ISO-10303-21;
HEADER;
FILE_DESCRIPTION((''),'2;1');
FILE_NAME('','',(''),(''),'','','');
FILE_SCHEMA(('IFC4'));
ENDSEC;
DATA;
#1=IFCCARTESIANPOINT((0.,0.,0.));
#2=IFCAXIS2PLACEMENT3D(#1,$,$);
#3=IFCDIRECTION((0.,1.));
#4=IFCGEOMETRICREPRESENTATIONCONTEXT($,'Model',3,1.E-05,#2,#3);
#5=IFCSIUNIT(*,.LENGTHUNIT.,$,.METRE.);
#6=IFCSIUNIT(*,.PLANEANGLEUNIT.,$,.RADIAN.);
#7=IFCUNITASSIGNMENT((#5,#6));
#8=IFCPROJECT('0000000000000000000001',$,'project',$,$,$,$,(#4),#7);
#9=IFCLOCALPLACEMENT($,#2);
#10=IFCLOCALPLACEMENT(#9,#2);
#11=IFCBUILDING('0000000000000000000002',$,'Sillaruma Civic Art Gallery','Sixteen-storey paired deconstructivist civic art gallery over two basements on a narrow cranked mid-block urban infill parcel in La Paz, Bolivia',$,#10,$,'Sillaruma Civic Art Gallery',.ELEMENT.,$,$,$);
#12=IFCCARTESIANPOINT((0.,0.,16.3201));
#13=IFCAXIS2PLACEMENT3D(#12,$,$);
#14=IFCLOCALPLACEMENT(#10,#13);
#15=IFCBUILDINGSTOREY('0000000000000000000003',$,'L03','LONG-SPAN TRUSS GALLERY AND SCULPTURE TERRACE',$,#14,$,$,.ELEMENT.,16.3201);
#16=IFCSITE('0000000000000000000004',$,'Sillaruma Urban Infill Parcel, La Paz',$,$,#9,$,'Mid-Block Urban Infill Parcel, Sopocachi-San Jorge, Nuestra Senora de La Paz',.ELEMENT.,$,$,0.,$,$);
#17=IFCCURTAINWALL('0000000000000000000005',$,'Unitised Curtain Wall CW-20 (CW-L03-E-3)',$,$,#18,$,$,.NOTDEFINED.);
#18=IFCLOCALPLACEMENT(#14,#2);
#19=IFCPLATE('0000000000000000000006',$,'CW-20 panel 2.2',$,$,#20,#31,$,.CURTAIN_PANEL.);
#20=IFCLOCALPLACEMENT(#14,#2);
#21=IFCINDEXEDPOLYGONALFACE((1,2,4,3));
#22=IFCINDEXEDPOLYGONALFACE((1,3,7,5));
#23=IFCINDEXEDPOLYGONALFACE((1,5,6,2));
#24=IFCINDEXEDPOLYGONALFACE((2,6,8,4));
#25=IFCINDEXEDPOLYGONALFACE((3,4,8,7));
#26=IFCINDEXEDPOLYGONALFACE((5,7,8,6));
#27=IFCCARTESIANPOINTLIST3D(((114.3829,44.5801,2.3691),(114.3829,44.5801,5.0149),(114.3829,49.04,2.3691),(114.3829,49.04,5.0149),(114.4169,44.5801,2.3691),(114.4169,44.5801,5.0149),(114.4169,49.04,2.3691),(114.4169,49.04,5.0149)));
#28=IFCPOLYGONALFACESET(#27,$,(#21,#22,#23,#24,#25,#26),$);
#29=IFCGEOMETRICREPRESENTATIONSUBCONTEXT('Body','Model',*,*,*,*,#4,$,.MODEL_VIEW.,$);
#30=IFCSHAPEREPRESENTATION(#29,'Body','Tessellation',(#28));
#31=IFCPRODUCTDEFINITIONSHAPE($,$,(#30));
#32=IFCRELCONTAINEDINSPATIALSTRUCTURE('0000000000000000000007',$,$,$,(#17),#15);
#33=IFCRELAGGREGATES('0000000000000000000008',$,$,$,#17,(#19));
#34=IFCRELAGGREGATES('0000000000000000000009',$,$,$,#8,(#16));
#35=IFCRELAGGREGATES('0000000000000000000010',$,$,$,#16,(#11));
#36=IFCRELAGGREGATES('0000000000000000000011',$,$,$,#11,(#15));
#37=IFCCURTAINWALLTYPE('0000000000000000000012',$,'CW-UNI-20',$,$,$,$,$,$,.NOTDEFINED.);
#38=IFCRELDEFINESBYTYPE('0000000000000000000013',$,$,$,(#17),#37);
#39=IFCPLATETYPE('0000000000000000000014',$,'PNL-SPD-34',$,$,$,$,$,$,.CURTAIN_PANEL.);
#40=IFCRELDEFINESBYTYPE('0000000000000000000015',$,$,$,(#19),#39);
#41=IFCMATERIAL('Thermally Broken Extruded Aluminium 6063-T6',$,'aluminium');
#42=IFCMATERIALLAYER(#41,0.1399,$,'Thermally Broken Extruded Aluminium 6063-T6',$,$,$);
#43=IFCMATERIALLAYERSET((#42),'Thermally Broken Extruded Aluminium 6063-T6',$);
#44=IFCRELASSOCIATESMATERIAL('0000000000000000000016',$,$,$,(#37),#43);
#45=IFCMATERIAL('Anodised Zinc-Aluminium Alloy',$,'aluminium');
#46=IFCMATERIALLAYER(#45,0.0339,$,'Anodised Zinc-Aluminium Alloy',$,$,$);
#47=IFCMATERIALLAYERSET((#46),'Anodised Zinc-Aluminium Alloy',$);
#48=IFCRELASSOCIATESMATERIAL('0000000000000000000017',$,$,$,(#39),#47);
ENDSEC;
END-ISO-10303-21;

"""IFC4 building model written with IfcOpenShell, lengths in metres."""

from ifc_helpers import new_model, si_unit, direction, frame, origin, origin_2d, place, context, subcontext, project, spatial, rectangle, extrude, material, layer, layer_set, type_object, element, aggregate, save


model = new_model("IFC4")

# Units and contexts
model_context = context("Model", 3, precision=1e-05, world=origin(), true_north=direction((0.0, 1.0)))
body_context = subcontext(model_context, "Body", "Model", "MODEL_VIEW")
ifc_project = project(units=[si_unit("LENGTHUNIT", "METRE"), si_unit("PLANEANGLEUNIT", "RADIAN")], contexts=[model_context])

# Site, building, storey
site_placement = place(None, origin())
site = spatial("IfcSite", under=ifc_project, at=site_placement, Name="Sillaruma Urban Infill Parcel, La Paz", LongName="Mid-Block Urban Infill Parcel, Sopocachi-San Jorge, Nuestra Senora de La Paz", CompositionType="ELEMENT", RefElevation=0.0)
building_placement = place(site_placement, origin())
building = spatial("IfcBuilding", under=site, at=building_placement, Name="Sillaruma Civic Art Gallery", Description="Sixteen-storey paired deconstructivist civic art gallery over two basements on a narrow cranked mid-block urban infill parcel in La Paz, Bolivia", LongName="Sillaruma Civic Art Gallery", CompositionType="ELEMENT")
storey_placement = place(building_placement, frame((0.0, 0.0, 16.3201)))
storey = spatial("IfcBuildingStorey", under=building, at=storey_placement, Name="L03", Description="LONG-SPAN TRUSS GALLERY AND SCULPTURE TERRACE", CompositionType="ELEMENT", Elevation=16.3201)

# Curtain wall
ifc_material_1 = material(Name="Thermally Broken Extruded Aluminium 6063-T6", Category="aluminium")
ifc_layer_1 = layer(ifc_material_1, 0.1399, Name="Thermally Broken Extruded Aluminium 6063-T6")
ifc_layer_set_1 = layer_set([ifc_layer_1], Name="Thermally Broken Extruded Aluminium 6063-T6")
curtain_wall_type_1 = type_object("IfcCurtainWallType", Name="CW-UNI-20", PredefinedType="NOTDEFINED", material=ifc_layer_set_1)
curtain_wall_1_placement = place(storey_placement, origin())
curtain_wall_1 = element("IfcCurtainWall", 1, at=curtain_wall_1_placement, inside=storey, type_object=curtain_wall_type_1, Name="Unitised Curtain Wall CW-20 (CW-L03-E-3)", PredefinedType="NOTDEFINED")

# Plate
ifc_material_2 = material(Name="Anodised Zinc-Aluminium Alloy", Category="aluminium")
ifc_layer_2 = layer(ifc_material_2, 0.0339, Name="Anodised Zinc-Aluminium Alloy")
ifc_layer_set_2 = layer_set([ifc_layer_2], Name="Anodised Zinc-Aluminium Alloy")
plate_type_1 = type_object("IfcPlateType", Name="PNL-SPD-34", PredefinedType="CURTAIN_PANEL", material=ifc_layer_set_2)
plate_1_placement = place(storey_placement, frame((114.3999, 46.8101, 2.3691), z_axis=(0.0, 0.0, 1.0), x_axis=(0.0, 1.0, 0.0)))
plate_1 = element("IfcPlate", 2, at=plate_1_placement, type_object=plate_type_1, Name="CW-20 panel 2.2", PredefinedType="CURTAIN_PANEL", context=body_context, shape_type="SweptSolid", body=[
    extrude(rectangle(XDim=4.46, YDim=0.0339, at=origin_2d()), origin(), (0.0, 0.0, 1.0), 2.6458),
])
aggregate(curtain_wall_1, [plate_1])

save(model, "model.ifc")
